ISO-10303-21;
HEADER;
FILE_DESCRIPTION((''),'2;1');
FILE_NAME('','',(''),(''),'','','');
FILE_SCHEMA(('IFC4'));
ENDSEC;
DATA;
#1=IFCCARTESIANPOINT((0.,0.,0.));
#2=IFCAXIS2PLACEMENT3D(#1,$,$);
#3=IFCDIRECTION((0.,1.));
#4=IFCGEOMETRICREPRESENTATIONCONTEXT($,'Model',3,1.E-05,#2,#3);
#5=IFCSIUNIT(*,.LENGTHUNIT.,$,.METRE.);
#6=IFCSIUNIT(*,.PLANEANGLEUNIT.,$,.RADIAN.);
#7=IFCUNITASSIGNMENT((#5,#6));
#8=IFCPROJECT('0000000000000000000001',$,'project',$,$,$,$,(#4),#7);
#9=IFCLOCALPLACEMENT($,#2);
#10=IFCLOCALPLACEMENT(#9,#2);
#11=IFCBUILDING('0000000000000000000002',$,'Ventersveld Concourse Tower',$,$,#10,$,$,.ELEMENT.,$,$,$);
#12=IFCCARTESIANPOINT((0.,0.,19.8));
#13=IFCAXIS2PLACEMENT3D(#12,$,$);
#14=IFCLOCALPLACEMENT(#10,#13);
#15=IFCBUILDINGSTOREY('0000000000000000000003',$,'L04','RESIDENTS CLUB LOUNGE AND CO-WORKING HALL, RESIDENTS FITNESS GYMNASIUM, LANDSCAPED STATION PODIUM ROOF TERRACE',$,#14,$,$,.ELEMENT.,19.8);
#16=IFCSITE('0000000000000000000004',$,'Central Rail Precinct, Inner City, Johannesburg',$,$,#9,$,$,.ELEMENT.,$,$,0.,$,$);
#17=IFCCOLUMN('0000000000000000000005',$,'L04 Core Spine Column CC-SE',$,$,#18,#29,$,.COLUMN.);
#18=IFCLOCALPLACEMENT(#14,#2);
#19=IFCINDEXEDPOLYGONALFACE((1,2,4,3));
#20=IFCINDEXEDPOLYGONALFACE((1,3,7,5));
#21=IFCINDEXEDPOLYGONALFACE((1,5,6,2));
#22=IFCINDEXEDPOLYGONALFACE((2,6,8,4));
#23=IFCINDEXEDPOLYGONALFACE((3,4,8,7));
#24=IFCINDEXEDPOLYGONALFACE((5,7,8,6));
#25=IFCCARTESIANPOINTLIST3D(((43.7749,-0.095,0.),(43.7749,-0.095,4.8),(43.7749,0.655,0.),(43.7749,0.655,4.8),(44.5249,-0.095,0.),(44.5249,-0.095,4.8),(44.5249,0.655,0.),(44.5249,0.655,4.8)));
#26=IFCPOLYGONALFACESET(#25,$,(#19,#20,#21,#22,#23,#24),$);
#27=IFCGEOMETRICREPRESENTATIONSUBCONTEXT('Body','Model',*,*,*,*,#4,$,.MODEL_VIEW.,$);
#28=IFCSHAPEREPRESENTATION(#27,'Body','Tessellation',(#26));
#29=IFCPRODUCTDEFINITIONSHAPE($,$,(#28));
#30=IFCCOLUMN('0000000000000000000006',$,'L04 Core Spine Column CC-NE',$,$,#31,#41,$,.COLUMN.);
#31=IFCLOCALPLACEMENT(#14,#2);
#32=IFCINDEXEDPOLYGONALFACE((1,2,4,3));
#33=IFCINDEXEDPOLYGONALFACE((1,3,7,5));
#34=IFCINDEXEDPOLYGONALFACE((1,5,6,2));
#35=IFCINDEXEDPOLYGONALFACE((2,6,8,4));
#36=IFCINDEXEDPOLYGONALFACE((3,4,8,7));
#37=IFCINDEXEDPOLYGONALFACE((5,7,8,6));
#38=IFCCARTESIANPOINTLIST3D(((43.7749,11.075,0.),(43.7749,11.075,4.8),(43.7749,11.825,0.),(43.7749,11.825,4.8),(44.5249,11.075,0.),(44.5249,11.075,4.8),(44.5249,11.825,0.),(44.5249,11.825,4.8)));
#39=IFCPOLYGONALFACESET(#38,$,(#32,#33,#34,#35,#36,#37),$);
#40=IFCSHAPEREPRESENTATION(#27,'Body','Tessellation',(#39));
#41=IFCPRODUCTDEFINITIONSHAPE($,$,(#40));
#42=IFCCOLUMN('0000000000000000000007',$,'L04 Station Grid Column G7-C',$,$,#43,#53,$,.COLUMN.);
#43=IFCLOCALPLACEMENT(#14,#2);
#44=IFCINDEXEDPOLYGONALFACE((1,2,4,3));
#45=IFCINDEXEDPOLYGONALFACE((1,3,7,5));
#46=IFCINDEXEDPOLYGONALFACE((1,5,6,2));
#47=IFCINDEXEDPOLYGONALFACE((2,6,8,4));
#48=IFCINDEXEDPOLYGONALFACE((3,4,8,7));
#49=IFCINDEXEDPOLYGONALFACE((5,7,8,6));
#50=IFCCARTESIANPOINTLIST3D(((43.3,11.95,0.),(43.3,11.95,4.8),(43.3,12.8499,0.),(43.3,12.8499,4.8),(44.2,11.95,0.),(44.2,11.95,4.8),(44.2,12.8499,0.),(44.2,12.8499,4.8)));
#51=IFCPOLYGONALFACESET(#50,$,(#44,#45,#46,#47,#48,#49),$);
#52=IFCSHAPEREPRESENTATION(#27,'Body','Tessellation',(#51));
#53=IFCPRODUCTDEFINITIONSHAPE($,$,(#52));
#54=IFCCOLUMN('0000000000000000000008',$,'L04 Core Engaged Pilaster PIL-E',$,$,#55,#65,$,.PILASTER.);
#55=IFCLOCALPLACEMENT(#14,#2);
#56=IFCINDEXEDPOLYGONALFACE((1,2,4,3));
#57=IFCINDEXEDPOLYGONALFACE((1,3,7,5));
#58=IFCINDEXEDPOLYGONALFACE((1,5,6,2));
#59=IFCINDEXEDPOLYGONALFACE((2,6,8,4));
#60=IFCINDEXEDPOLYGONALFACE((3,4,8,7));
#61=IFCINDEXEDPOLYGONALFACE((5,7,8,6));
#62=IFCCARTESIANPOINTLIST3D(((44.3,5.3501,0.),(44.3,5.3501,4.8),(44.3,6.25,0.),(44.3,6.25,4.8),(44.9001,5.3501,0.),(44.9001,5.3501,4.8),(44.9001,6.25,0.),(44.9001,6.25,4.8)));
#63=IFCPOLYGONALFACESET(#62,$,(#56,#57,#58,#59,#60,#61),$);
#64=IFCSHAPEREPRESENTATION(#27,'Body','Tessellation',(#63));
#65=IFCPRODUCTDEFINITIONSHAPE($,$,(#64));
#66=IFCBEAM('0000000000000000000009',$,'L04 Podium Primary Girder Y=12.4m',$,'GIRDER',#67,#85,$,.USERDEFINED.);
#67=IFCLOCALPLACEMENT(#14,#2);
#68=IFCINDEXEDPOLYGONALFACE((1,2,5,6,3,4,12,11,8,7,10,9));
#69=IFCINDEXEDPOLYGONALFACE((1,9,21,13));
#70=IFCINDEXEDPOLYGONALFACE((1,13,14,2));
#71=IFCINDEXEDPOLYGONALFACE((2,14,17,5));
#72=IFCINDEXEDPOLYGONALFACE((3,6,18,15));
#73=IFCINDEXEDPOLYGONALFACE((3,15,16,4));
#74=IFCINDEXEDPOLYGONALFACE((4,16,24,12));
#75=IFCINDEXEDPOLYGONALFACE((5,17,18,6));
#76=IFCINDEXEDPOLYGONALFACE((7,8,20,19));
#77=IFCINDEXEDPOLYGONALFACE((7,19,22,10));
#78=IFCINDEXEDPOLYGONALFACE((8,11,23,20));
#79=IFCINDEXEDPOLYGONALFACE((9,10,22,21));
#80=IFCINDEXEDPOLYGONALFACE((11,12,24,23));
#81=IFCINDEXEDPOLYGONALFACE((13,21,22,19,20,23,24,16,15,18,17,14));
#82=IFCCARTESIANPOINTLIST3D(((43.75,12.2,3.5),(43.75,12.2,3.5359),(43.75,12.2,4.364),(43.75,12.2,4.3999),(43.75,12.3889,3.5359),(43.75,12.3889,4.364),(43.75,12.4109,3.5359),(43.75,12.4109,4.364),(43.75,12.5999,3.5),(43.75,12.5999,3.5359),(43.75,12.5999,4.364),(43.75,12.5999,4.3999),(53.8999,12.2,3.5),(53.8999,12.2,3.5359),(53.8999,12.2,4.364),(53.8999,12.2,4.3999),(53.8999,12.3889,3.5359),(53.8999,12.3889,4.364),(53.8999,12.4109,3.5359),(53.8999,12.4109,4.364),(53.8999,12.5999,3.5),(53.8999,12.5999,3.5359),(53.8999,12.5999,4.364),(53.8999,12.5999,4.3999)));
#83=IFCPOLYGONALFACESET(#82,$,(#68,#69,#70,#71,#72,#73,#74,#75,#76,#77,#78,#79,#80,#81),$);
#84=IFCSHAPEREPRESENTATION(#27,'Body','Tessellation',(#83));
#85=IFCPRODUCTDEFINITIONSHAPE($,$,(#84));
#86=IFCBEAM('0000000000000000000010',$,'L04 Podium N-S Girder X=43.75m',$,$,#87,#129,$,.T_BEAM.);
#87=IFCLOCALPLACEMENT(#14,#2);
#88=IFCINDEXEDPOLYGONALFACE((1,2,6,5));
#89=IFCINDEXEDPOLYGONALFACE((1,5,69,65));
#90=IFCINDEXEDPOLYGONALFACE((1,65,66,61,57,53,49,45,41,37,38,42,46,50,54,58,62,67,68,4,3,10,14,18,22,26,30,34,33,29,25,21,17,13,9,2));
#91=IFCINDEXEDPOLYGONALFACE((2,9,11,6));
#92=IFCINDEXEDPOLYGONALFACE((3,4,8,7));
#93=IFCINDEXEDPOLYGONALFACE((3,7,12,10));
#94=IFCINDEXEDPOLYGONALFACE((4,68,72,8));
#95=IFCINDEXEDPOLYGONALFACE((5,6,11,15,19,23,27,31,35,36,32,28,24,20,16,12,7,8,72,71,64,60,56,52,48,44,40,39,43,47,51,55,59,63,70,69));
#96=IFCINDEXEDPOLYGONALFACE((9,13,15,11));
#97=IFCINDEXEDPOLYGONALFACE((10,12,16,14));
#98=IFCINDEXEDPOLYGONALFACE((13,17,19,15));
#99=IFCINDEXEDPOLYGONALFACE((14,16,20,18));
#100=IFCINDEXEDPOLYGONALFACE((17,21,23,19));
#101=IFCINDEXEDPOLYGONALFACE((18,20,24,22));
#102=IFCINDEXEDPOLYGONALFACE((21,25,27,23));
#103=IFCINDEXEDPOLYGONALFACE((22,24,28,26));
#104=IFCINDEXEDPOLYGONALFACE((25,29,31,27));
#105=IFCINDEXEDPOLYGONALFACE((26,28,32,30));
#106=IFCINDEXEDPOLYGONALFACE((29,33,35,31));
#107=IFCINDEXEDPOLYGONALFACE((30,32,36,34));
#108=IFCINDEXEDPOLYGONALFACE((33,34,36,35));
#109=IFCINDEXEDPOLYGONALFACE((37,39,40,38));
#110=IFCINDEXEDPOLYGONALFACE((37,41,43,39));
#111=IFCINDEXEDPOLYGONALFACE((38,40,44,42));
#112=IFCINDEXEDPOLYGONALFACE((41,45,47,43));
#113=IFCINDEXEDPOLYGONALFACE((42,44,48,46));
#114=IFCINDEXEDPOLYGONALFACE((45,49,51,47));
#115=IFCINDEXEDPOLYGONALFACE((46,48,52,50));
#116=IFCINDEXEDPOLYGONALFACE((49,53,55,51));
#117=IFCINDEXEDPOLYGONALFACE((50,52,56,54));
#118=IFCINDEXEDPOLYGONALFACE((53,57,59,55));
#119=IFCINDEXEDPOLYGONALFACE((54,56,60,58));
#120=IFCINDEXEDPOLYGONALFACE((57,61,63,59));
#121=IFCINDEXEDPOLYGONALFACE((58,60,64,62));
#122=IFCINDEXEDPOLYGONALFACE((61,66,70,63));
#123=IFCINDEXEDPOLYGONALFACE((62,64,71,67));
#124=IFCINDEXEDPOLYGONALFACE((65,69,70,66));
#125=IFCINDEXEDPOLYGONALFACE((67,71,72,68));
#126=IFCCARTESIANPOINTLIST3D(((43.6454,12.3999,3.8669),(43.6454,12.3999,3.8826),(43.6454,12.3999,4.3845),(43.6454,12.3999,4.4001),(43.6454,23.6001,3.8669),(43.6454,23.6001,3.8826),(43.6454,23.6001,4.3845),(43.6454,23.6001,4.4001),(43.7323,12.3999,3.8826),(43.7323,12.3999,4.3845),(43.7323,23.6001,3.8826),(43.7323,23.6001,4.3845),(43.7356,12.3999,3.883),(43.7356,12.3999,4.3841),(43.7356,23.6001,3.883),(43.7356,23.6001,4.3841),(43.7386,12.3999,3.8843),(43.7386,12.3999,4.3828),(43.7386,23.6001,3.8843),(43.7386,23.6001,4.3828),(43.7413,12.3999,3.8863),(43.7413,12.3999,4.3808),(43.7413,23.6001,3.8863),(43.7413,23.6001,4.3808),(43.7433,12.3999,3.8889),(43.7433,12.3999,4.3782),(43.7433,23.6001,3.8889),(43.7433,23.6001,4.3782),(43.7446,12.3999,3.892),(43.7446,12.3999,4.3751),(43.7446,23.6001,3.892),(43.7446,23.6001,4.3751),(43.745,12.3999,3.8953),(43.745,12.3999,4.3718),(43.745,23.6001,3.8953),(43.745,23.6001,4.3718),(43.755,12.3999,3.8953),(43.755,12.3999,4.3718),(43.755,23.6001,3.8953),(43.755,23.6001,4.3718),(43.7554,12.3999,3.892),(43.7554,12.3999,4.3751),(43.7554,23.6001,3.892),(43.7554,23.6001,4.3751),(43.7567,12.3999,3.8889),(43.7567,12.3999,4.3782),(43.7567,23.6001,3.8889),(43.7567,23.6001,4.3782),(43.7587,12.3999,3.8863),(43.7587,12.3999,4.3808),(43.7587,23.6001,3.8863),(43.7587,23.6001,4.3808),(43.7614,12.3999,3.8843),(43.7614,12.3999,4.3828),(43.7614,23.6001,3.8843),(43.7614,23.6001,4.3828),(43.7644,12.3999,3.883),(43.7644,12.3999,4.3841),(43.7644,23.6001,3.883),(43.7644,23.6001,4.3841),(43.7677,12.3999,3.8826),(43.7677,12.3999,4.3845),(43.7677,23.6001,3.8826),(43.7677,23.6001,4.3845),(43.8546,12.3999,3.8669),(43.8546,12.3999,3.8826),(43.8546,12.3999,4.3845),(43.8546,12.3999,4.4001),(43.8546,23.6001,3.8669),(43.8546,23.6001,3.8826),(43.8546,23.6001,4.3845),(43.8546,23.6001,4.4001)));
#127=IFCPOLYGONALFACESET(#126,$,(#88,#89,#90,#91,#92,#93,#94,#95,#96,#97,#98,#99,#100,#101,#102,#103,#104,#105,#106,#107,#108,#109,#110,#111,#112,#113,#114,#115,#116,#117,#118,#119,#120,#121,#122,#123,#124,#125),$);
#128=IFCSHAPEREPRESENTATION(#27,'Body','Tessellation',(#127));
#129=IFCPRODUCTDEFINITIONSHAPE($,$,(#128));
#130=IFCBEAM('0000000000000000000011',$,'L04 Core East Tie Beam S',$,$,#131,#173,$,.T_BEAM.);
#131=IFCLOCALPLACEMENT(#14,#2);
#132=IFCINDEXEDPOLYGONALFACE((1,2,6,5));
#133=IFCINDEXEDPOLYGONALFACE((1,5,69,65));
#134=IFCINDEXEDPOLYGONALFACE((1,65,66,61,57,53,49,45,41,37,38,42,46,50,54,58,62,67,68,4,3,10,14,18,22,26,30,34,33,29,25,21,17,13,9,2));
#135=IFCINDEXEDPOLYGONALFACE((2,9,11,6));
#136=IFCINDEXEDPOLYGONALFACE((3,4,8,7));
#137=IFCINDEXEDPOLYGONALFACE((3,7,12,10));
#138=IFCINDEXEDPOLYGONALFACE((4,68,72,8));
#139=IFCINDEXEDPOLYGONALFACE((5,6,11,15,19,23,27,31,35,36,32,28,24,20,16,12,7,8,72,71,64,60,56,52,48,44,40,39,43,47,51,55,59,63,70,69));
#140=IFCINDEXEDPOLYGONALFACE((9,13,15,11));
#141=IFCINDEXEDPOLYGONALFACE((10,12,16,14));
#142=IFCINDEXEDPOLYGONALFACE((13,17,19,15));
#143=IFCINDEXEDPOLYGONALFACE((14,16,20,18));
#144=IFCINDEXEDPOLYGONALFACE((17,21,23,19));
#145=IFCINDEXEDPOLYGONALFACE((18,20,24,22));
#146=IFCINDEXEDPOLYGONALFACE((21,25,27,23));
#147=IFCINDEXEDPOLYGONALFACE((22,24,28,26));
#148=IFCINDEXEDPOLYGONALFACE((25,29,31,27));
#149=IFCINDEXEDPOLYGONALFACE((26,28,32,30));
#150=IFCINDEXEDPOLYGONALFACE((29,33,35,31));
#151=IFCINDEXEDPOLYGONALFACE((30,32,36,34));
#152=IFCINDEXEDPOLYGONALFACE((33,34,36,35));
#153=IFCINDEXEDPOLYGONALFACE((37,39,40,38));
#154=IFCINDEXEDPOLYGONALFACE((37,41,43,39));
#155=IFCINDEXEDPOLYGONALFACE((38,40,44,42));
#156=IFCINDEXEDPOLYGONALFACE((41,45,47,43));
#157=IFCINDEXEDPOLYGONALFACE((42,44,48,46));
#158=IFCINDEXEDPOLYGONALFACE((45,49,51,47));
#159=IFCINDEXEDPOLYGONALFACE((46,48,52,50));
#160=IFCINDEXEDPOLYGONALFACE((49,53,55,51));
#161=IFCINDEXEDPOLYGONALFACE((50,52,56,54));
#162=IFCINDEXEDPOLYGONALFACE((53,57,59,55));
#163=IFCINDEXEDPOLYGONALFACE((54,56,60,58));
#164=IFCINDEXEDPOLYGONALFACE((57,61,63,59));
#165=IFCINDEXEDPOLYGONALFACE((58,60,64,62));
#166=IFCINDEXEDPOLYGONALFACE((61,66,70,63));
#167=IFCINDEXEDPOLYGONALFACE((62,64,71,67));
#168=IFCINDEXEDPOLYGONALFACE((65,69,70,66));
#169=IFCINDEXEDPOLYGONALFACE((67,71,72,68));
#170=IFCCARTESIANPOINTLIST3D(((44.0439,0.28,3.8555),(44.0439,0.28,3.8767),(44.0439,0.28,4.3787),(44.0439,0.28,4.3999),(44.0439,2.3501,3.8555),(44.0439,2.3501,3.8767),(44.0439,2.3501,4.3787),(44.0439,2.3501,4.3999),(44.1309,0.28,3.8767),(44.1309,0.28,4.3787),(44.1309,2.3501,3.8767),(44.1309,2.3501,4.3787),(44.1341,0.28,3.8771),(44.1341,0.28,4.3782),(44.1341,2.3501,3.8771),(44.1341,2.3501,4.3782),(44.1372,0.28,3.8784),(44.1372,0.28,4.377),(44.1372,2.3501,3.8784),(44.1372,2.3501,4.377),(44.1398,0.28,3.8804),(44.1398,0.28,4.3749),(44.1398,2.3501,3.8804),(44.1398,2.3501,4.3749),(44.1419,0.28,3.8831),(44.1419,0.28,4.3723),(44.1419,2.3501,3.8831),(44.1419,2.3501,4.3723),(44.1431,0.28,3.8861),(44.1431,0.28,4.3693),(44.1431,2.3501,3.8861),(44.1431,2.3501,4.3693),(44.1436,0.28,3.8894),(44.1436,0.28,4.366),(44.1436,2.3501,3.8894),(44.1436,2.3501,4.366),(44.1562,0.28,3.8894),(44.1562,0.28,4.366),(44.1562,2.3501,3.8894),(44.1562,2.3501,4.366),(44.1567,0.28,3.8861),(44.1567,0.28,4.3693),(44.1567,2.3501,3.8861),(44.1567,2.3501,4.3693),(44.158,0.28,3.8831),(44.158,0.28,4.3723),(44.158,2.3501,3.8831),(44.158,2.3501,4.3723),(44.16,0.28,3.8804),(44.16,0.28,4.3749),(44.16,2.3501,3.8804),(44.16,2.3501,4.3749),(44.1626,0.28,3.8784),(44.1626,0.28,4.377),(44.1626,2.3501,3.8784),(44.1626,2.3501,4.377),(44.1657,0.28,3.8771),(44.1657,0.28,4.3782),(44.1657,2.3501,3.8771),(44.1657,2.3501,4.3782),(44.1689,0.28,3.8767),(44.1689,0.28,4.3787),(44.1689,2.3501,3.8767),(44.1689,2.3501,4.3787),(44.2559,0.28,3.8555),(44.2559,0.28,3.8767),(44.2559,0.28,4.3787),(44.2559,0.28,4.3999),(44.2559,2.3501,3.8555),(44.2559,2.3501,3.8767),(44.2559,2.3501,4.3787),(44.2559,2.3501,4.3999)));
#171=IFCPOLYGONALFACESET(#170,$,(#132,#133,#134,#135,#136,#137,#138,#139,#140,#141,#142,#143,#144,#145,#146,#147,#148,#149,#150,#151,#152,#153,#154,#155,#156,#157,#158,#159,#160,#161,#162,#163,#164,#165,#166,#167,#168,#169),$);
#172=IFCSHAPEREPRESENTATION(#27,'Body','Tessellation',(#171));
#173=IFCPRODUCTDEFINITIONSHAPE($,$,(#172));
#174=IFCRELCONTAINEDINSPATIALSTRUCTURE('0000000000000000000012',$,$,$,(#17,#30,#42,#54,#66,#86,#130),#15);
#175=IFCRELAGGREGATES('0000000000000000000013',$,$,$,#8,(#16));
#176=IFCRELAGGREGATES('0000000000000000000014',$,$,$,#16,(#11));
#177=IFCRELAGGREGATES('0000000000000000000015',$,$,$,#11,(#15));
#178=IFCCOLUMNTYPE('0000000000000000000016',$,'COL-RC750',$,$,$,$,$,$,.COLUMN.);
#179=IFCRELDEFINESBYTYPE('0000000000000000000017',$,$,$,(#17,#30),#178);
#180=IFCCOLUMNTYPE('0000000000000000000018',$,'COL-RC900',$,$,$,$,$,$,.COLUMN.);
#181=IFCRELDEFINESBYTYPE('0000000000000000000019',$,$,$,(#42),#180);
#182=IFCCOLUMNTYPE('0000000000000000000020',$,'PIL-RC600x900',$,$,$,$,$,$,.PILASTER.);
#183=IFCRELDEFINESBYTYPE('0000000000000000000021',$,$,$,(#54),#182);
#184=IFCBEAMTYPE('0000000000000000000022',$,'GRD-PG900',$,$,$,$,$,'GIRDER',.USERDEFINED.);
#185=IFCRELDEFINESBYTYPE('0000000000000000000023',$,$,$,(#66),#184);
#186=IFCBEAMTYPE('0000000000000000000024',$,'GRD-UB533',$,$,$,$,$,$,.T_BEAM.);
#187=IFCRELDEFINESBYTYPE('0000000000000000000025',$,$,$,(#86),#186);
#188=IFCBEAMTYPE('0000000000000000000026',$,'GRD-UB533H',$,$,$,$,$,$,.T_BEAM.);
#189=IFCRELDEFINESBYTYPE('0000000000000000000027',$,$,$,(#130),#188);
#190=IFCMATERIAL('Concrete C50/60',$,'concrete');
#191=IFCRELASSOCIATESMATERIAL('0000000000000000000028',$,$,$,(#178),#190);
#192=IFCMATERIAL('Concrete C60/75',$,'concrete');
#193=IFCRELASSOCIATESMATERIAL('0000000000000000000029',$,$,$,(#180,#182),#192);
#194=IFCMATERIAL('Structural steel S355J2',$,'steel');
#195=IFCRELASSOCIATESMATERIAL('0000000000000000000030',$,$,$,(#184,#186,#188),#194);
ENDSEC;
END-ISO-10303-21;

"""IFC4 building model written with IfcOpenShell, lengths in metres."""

from ifc_helpers import new_model, si_unit, direction, frame, origin, origin_2d, place, context, subcontext, project, spatial, rectangle, i_section, extrude, material, material_profile, profile_set, type_object, element, save


model = new_model("IFC4")

# Units and contexts
model_context = context("Model", 3, precision=1e-05, world=origin(), true_north=direction((0.0, 1.0)))
body_context = subcontext(model_context, "Body", "Model", "MODEL_VIEW")
ifc_project = project(units=[si_unit("LENGTHUNIT", "METRE"), si_unit("PLANEANGLEUNIT", "RADIAN")], contexts=[model_context])

# Site, building, storey
site_placement = place(None, origin())
site = spatial("IfcSite", under=ifc_project, at=site_placement, Name="Central Rail Precinct, Inner City, Johannesburg", CompositionType="ELEMENT", RefElevation=0.0)
building_placement = place(site_placement, origin())
building = spatial("IfcBuilding", under=site, at=building_placement, Name="Ventersveld Concourse Tower", CompositionType="ELEMENT")
storey_placement = place(building_placement, frame((0.0, 0.0, 19.8)))
storey = spatial("IfcBuildingStorey", under=building, at=storey_placement, Name="L04", Description="RESIDENTS CLUB LOUNGE AND CO-WORKING HALL, RESIDENTS FITNESS GYMNASIUM, LANDSCAPED STATION PODIUM ROOF TERRACE", CompositionType="ELEMENT", Elevation=19.8)

# Columns
ifc_material_1 = material(Name="Concrete C50/60", Category="concrete")
ifc_material_profile_1 = material_profile(ifc_material_1, rectangle(XDim=0.75, YDim=0.75, at=origin_2d()), Name="RC 750x750")
ifc_profile_set_1 = profile_set([ifc_material_profile_1], Name="Concrete C50/60")
column_type_1 = type_object("IfcColumnType", Name="COL-RC750", PredefinedType="COLUMN", material=ifc_profile_set_1)
for number, where, z_axis, x_axis, name in (
    (1, (44.1499, 0.28, 0.0), (0.0, 0.0, 1.0), (1.0, 0.0, 0.0), "L04 Core Spine Column CC-SE"),
    (2, (44.1499, 11.45, 0.0), (0.0, 0.0, 1.0), (1.0, 0.0, 0.0), "L04 Core Spine Column CC-NE"),
):
    element("IfcColumn", number, at=place(storey_placement, frame(where, z_axis=z_axis, x_axis=x_axis)), inside=storey, type_object=column_type_1, Name=name, PredefinedType="COLUMN", context=body_context, shape_type="SweptSolid", body=[
        extrude(rectangle(XDim=0.75, YDim=0.75, at=origin_2d()), origin(), (0.0, 0.0, 1.0), 4.8),
    ])
ifc_material_2 = material(Name="Concrete C60/75", Category="concrete")
ifc_material_profile_2 = material_profile(ifc_material_2, rectangle(XDim=0.8999, YDim=0.8999, at=origin_2d()), Name="RC 900x900")
ifc_profile_set_2 = profile_set([ifc_material_profile_2], Name="Concrete C60/75")
column_type_2 = type_object("IfcColumnType", Name="COL-RC900", PredefinedType="COLUMN", material=ifc_profile_set_2)
column_1_placement = place(storey_placement, frame((43.75, 12.3999, 0.0), z_axis=(0.0, 0.0, 1.0), x_axis=(1.0, 0.0, 0.0)))
element("IfcColumn", 3, at=column_1_placement, inside=storey, type_object=column_type_2, Name="L04 Station Grid Column G7-C", PredefinedType="COLUMN", context=body_context, shape_type="SweptSolid", body=[
    extrude(rectangle(XDim=0.8999, YDim=0.8999, at=origin_2d()), origin(), (0.0, 0.0, 1.0), 4.8),
])
ifc_material_profile_3 = material_profile(ifc_material_2, rectangle(XDim=0.6001, YDim=0.8999, at=origin_2d()), Name="RC 600x900")
ifc_profile_set_3 = profile_set([ifc_material_profile_3], Name="Concrete C60/75")
column_type_3 = type_object("IfcColumnType", Name="PIL-RC600x900", PredefinedType="PILASTER", material=ifc_profile_set_3)
column_2_placement = place(storey_placement, frame((44.6001, 5.8, 0.0), z_axis=(0.0, 0.0, 1.0), x_axis=(1.0, 0.0, 0.0)))
element("IfcColumn", 4, at=column_2_placement, inside=storey, type_object=column_type_3, Name="L04 Core Engaged Pilaster PIL-E", PredefinedType="PILASTER", context=body_context, shape_type="SweptSolid", body=[
    extrude(rectangle(XDim=0.6001, YDim=0.8999, at=origin_2d()), origin(), (0.0, 0.0, 1.0), 4.8),
])

# Beams
ifc_material_3 = material(Name="Structural steel S355J2", Category="steel")
ifc_material_profile_4 = material_profile(ifc_material_3, i_section(OverallWidth=0.3999, OverallDepth=0.8999, WebThickness=0.022, FlangeThickness=0.0359, at=origin_2d()), Name="PG 900x400x36")
ifc_profile_set_4 = profile_set([ifc_material_profile_4], Name="Structural steel S355J2")
beam_type_1 = type_object("IfcBeamType", Name="GRD-PG900", ElementType="GIRDER", PredefinedType="USERDEFINED", material=ifc_profile_set_4)
beam_1_placement = place(storey_placement, frame((43.75, 12.3999, 3.95), z_axis=(1.0, 0.0, 0.0), x_axis=(0.0, 1.0, 0.0)))
element("IfcBeam", 5, at=beam_1_placement, inside=storey, type_object=beam_type_1, Name="L04 Podium Primary Girder Y=12.4m", ObjectType="GIRDER", PredefinedType="USERDEFINED", context=body_context, shape_type="SweptSolid", body=[
    extrude(i_section(OverallWidth=0.3999, OverallDepth=0.8999, WebThickness=0.022, FlangeThickness=0.0359, at=origin_2d()), origin(), (0.0, 0.0, 1.0), 10.1499),
])
ifc_material_profile_5 = material_profile(ifc_material_3, i_section(OverallWidth=0.2092, OverallDepth=0.5332, WebThickness=0.01, FlangeThickness=0.0156, FilletRadius=0.0127, at=origin_2d()), Name="UB 533x210x92")
ifc_profile_set_5 = profile_set([ifc_material_profile_5], Name="Structural steel S355J2")
beam_type_2 = type_object("IfcBeamType", Name="GRD-UB533", PredefinedType="T_BEAM", material=ifc_profile_set_5)
beam_2_placement = place(storey_placement, frame((43.75, 12.3999, 4.1335), z_axis=(0.0, 1.0, 0.0), x_axis=(-1.0, 0.0, 0.0)))
element("IfcBeam", 6, at=beam_2_placement, inside=storey, type_object=beam_type_2, Name="L04 Podium N-S Girder X=43.75m", PredefinedType="T_BEAM", context=body_context, shape_type="SweptSolid", body=[
    extrude(i_section(OverallWidth=0.2092, OverallDepth=0.5332, WebThickness=0.01, FlangeThickness=0.0156, FilletRadius=0.0127, at=origin_2d()), origin(), (0.0, 0.0, 1.0), 11.2002),
])
ifc_material_profile_6 = material_profile(ifc_material_3, i_section(OverallWidth=0.2119, OverallDepth=0.5444, WebThickness=0.0127, FlangeThickness=0.0212, FilletRadius=0.0127, at=origin_2d()), Name="UB 533x210x122")
ifc_profile_set_6 = profile_set([ifc_material_profile_6], Name="Structural steel S355J2")
beam_type_3 = type_object("IfcBeamType", Name="GRD-UB533H", PredefinedType="T_BEAM", material=ifc_profile_set_6)
beam_3_placement = place(storey_placement, frame((44.1499, 0.28, 4.1277), z_axis=(0.0, 1.0, 0.0), x_axis=(-1.0, 0.0, 0.0)))
element("IfcBeam", 7, at=beam_3_placement, inside=storey, type_object=beam_type_3, Name="L04 Core East Tie Beam S", PredefinedType="T_BEAM", context=body_context, shape_type="SweptSolid", body=[
    extrude(i_section(OverallWidth=0.2119, OverallDepth=0.5444, WebThickness=0.0127, FlangeThickness=0.0212, FilletRadius=0.0127, at=origin_2d()), origin(), (0.0, 0.0, 1.0), 2.0701),
])

save(model, "model.ifc")
